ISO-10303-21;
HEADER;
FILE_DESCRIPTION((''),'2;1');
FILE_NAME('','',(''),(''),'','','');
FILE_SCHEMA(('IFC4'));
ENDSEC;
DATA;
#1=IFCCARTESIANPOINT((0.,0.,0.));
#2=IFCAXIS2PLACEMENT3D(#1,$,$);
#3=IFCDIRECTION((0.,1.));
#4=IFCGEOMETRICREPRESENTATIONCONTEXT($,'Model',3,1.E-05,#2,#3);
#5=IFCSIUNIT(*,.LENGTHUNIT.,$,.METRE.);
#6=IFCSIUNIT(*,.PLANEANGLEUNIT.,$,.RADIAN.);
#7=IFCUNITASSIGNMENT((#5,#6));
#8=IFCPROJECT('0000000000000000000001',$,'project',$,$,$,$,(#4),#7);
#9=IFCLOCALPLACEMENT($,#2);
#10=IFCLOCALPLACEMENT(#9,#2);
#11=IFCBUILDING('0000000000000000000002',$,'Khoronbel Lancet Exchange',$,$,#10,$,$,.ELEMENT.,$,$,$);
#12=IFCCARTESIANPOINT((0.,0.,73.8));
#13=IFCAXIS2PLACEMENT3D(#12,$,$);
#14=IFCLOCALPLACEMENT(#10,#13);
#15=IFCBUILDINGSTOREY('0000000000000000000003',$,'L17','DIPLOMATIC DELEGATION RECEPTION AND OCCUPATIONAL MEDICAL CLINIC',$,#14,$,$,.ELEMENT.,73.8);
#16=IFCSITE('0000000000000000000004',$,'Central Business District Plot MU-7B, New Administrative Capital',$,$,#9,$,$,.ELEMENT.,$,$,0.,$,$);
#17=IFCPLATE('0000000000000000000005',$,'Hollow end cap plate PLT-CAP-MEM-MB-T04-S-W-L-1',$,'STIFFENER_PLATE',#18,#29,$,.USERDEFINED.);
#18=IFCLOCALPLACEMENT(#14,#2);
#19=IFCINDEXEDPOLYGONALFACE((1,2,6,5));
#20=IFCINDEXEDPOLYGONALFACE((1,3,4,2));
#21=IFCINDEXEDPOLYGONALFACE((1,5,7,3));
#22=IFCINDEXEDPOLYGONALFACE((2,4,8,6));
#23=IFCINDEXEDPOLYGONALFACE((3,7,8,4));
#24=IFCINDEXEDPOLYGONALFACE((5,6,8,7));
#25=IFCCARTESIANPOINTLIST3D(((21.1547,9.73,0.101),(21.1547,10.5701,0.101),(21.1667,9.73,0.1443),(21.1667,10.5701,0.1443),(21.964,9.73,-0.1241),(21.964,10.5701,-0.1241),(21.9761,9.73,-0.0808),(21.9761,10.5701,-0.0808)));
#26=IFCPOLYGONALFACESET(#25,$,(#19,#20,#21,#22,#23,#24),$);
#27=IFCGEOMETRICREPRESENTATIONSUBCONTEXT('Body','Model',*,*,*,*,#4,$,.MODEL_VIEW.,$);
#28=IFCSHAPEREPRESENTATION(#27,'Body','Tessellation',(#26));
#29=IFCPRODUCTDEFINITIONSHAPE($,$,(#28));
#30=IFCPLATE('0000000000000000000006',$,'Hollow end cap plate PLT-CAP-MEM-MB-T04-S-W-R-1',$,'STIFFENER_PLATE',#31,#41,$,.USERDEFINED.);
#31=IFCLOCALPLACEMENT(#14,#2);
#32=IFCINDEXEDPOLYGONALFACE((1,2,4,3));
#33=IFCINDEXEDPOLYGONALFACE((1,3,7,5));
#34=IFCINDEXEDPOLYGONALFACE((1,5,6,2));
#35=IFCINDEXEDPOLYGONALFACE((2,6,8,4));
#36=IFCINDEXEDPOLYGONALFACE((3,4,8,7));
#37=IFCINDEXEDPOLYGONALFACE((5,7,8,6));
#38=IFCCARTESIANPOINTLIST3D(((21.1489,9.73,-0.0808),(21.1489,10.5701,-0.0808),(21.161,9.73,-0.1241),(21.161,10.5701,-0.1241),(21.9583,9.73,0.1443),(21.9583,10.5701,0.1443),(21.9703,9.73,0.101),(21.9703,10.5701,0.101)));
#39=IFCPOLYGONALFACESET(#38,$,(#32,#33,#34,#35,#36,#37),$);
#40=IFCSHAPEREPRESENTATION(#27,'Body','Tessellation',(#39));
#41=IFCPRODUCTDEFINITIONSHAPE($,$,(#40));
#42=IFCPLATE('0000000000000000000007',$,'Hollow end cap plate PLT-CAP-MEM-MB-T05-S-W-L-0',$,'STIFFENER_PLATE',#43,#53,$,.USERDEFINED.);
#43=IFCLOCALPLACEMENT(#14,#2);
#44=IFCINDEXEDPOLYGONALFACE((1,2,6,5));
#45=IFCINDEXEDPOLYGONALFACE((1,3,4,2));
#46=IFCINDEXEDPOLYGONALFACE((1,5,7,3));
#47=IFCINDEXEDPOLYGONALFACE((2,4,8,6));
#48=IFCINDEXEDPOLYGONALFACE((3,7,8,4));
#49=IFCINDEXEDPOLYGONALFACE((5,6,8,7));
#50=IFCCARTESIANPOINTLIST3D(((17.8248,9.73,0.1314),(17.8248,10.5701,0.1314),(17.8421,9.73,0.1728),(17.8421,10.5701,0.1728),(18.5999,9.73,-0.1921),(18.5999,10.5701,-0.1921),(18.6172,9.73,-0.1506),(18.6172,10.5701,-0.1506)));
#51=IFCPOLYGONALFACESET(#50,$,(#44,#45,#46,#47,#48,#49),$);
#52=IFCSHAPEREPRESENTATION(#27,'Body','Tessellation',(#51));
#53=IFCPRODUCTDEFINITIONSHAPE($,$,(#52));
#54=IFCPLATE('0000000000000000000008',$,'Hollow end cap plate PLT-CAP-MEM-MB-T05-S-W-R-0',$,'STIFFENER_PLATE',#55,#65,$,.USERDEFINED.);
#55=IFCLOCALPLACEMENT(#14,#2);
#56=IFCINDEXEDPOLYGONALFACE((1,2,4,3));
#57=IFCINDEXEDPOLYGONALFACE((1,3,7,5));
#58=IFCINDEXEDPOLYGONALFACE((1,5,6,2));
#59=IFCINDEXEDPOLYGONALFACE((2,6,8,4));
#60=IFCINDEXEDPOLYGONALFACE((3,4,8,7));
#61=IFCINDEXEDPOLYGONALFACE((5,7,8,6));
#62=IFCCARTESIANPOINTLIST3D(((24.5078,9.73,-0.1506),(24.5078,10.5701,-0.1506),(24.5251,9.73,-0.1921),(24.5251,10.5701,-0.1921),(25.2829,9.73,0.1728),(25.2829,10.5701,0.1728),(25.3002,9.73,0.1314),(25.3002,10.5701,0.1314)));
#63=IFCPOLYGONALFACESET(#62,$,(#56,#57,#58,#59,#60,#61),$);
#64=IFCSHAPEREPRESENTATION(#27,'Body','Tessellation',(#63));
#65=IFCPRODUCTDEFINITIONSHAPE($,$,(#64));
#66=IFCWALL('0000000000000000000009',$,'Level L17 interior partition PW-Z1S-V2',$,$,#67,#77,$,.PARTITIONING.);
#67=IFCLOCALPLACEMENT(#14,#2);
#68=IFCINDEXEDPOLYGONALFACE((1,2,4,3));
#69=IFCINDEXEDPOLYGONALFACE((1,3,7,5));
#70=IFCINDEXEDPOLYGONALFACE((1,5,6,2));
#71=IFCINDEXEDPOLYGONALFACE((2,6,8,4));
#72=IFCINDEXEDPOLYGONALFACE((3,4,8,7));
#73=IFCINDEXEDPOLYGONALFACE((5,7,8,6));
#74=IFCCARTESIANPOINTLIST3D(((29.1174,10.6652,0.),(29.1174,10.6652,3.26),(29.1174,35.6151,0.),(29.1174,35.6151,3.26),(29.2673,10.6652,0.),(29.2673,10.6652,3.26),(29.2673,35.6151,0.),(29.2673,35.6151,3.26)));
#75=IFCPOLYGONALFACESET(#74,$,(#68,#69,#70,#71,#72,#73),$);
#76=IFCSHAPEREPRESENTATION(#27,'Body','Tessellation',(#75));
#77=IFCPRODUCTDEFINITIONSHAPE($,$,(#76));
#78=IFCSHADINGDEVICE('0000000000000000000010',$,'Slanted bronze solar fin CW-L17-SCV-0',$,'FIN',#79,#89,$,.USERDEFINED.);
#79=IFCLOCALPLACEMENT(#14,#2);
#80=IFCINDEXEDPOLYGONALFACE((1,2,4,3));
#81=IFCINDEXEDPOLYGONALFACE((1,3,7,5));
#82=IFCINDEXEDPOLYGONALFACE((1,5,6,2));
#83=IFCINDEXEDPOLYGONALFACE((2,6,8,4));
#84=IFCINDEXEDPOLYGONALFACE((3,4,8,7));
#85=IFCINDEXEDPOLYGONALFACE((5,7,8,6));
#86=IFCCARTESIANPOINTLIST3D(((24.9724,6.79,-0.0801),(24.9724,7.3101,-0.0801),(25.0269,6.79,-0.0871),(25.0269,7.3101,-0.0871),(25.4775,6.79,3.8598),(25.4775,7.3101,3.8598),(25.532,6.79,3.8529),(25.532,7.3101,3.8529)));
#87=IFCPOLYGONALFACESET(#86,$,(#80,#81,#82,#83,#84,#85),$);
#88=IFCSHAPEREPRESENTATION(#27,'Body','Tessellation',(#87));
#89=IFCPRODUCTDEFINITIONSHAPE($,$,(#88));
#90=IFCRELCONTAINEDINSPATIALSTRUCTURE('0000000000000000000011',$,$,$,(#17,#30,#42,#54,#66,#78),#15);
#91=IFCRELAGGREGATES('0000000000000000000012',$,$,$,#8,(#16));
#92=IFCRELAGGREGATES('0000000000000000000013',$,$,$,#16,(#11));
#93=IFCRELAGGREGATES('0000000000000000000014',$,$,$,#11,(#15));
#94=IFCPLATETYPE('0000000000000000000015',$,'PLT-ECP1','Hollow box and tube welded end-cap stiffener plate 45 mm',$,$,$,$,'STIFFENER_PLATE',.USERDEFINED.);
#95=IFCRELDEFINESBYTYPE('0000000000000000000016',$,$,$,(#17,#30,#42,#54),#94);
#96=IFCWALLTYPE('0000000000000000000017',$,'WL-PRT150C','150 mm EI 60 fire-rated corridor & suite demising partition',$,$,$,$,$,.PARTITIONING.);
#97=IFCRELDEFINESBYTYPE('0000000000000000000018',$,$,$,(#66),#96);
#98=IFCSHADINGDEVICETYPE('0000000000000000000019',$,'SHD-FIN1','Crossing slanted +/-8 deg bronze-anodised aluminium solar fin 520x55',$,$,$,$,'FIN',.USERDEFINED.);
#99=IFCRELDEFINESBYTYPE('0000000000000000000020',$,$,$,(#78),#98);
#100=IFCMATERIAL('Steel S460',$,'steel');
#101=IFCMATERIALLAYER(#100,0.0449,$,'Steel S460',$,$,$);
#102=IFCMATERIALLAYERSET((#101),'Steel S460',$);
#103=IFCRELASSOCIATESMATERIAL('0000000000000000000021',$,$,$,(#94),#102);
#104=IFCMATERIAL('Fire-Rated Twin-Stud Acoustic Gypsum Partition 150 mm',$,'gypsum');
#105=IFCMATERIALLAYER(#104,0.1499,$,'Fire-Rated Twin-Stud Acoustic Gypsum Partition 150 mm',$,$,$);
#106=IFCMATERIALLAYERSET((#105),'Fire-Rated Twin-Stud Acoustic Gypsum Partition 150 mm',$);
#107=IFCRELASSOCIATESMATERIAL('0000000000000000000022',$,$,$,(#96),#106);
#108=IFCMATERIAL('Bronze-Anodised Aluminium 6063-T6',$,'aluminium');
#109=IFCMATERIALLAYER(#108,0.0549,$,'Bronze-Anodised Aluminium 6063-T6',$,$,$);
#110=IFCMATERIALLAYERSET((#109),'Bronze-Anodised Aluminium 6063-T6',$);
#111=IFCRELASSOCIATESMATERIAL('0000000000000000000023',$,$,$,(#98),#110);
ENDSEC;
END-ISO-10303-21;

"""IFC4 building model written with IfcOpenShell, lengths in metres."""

from ifc_helpers import new_model, si_unit, direction, frame, frame_2d, origin, place, context, subcontext, project, spatial, polyline, rectangle, outline, extrude, material, layer, layer_set, type_object, element, save


model = new_model("IFC4")

# Units and contexts
model_context = context("Model", 3, precision=1e-05, world=origin(), true_north=direction((0.0, 1.0)))
body_context = subcontext(model_context, "Body", "Model", "MODEL_VIEW")
ifc_project = project(units=[si_unit("LENGTHUNIT", "METRE"), si_unit("PLANEANGLEUNIT", "RADIAN")], contexts=[model_context])

# Site, building, storey
site_placement = place(None, origin())
site = spatial("IfcSite", under=ifc_project, at=site_placement, Name="Central Business District Plot MU-7B, New Administrative Capital", CompositionType="ELEMENT", RefElevation=0.0)
building_placement = place(site_placement, origin())
building = spatial("IfcBuilding", under=site, at=building_placement, Name="Khoronbel Lancet Exchange", CompositionType="ELEMENT")
storey_placement = place(building_placement, frame((0.0, 0.0, 73.8)))
storey = spatial("IfcBuildingStorey", under=building, at=storey_placement, Name="L17", Description="DIPLOMATIC DELEGATION RECEPTION AND OCCUPATIONAL MEDICAL CLINIC", CompositionType="ELEMENT", Elevation=73.8)

# Shared definitions
ifc_material_1 = material(Name="Steel S460", Category="steel")

# Shared definitions
ifc_material_2 = material(Name="Bronze-Anodised Aluminium 6063-T6", Category="aluminium")

# Plates
ifc_layer_1 = layer(ifc_material_1, 0.0449, Name="Steel S460")
ifc_layer_set_1 = layer_set([ifc_layer_1], Name="Steel S460")
plate_type_1 = type_object("IfcPlateType", Name="PLT-ECP1", Description="Hollow box and tube welded end-cap stiffener plate 45 mm", ElementType="STIFFENER_PLATE", PredefinedType="USERDEFINED", material=ifc_layer_set_1)
for number, where, z_axis, x_axis, name in (
    (1, (21.9761, 9.73, -0.0808), (0.267959, 0.0, 0.96343), (0.0, 1.0, 0.0), "Hollow end cap plate PLT-CAP-MEM-MB-T04-S-W-L-1"),
    (2, (21.1489, 10.5701, -0.0808), (-0.267959, 0.0, 0.96343), (0.0, -1.0, 0.0), "Hollow end cap plate PLT-CAP-MEM-MB-T04-S-W-R-1"),
):
    element("IfcPlate", number, at=place(storey_placement, frame(where, z_axis=z_axis, x_axis=x_axis)), inside=storey, type_object=plate_type_1, Name=name, ObjectType="STIFFENER_PLATE", PredefinedType="USERDEFINED", context=body_context, shape_type="SweptSolid", body=[
        extrude(outline(polyline([(0.0, 0.0), (0.8401, 0.0), (0.8401, 0.8401), (0.0, 0.8401), (0.0, 0.0)])), origin(), (0.0, 0.0, -1.0), 0.0449),
    ])
for number, where, z_axis, x_axis, name in (
    (3, (18.6172, 9.73, -0.1506), (0.385131, 0.0, 0.922862), (0.0, 1.0, 0.0), "Hollow end cap plate PLT-CAP-MEM-MB-T05-S-W-L-0"),
    (4, (24.5078, 10.5701, -0.1506), (-0.385131, 0.0, 0.922862), (0.0, -1.0, 0.0), "Hollow end cap plate PLT-CAP-MEM-MB-T05-S-W-R-0"),
):
    element("IfcPlate", number, at=place(storey_placement, frame(where, z_axis=z_axis, x_axis=x_axis)), inside=storey, type_object=plate_type_1, Name=name, ObjectType="STIFFENER_PLATE", PredefinedType="USERDEFINED", context=body_context, shape_type="SweptSolid", body=[
        extrude(outline(polyline([(0.0, 0.0), (0.8401, 0.0), (0.8401, 0.8398), (0.0, 0.8398), (0.0, 0.0)])), origin(), (0.0, 0.0, -1.0), 0.0449),
    ])

# Wall
ifc_material_3 = material(Name="Fire-Rated Twin-Stud Acoustic Gypsum Partition 150 mm", Category="gypsum")
ifc_layer_2 = layer(ifc_material_3, 0.1499, Name="Fire-Rated Twin-Stud Acoustic Gypsum Partition 150 mm")
ifc_layer_set_2 = layer_set([ifc_layer_2], Name="Fire-Rated Twin-Stud Acoustic Gypsum Partition 150 mm")
wall_type = type_object("IfcWallType", Name="WL-PRT150C", Description="150 mm EI 60 fire-rated corridor & suite demising partition", PredefinedType="PARTITIONING", material=ifc_layer_set_2)
wall_placement = place(storey_placement, frame((29.1924, 10.665, 0.0), z_axis=(0.0, 0.0, 1.0), x_axis=(0.0, 1.0, 0.0)))
element("IfcWall", 5, at=wall_placement, inside=storey, type_object=wall_type, Name="Level L17 interior partition PW-Z1S-V2", PredefinedType="PARTITIONING", context=body_context, shape_type="SweptSolid", body=[
    extrude(rectangle(XDim=24.95, YDim=0.1499, at=frame_2d((12.4751, 0.0))), origin(), (0.0, 0.0, 1.0), 3.26),
])

# Shading device
ifc_layer_3 = layer(ifc_material_2, 0.0549, Name="Bronze-Anodised Aluminium 6063-T6")
ifc_layer_set_3 = layer_set([ifc_layer_3], Name="Bronze-Anodised Aluminium 6063-T6")
shading_device_type = type_object("IfcShadingDeviceType", Name="SHD-FIN1", Description="Crossing slanted +/-8 deg bronze-anodised aluminium solar fin 520x55", ElementType="FIN", PredefinedType="USERDEFINED", material=ifc_layer_set_3)
shading_device_placement = place(storey_placement, frame((24.9724, 7.3101, -0.0801), z_axis=(-0.991881, 0.0, 0.127166), x_axis=(0.0, -1.0, 0.0)))
element("IfcShadingDevice", 6, at=shading_device_placement, inside=storey, type_object=shading_device_type, Name="Slanted bronze solar fin CW-L17-SCV-0", ObjectType="FIN", PredefinedType="USERDEFINED", context=body_context, shape_type="SweptSolid", body=[
    extrude(outline(polyline([(0.0, 0.0), (0.52, 0.0), (0.52, 3.9722), (0.0, 3.9722), (0.0, 0.0)])), origin(), (0.0, 0.0, -1.0), 0.0549),
])

save(model, "model.ifc")
